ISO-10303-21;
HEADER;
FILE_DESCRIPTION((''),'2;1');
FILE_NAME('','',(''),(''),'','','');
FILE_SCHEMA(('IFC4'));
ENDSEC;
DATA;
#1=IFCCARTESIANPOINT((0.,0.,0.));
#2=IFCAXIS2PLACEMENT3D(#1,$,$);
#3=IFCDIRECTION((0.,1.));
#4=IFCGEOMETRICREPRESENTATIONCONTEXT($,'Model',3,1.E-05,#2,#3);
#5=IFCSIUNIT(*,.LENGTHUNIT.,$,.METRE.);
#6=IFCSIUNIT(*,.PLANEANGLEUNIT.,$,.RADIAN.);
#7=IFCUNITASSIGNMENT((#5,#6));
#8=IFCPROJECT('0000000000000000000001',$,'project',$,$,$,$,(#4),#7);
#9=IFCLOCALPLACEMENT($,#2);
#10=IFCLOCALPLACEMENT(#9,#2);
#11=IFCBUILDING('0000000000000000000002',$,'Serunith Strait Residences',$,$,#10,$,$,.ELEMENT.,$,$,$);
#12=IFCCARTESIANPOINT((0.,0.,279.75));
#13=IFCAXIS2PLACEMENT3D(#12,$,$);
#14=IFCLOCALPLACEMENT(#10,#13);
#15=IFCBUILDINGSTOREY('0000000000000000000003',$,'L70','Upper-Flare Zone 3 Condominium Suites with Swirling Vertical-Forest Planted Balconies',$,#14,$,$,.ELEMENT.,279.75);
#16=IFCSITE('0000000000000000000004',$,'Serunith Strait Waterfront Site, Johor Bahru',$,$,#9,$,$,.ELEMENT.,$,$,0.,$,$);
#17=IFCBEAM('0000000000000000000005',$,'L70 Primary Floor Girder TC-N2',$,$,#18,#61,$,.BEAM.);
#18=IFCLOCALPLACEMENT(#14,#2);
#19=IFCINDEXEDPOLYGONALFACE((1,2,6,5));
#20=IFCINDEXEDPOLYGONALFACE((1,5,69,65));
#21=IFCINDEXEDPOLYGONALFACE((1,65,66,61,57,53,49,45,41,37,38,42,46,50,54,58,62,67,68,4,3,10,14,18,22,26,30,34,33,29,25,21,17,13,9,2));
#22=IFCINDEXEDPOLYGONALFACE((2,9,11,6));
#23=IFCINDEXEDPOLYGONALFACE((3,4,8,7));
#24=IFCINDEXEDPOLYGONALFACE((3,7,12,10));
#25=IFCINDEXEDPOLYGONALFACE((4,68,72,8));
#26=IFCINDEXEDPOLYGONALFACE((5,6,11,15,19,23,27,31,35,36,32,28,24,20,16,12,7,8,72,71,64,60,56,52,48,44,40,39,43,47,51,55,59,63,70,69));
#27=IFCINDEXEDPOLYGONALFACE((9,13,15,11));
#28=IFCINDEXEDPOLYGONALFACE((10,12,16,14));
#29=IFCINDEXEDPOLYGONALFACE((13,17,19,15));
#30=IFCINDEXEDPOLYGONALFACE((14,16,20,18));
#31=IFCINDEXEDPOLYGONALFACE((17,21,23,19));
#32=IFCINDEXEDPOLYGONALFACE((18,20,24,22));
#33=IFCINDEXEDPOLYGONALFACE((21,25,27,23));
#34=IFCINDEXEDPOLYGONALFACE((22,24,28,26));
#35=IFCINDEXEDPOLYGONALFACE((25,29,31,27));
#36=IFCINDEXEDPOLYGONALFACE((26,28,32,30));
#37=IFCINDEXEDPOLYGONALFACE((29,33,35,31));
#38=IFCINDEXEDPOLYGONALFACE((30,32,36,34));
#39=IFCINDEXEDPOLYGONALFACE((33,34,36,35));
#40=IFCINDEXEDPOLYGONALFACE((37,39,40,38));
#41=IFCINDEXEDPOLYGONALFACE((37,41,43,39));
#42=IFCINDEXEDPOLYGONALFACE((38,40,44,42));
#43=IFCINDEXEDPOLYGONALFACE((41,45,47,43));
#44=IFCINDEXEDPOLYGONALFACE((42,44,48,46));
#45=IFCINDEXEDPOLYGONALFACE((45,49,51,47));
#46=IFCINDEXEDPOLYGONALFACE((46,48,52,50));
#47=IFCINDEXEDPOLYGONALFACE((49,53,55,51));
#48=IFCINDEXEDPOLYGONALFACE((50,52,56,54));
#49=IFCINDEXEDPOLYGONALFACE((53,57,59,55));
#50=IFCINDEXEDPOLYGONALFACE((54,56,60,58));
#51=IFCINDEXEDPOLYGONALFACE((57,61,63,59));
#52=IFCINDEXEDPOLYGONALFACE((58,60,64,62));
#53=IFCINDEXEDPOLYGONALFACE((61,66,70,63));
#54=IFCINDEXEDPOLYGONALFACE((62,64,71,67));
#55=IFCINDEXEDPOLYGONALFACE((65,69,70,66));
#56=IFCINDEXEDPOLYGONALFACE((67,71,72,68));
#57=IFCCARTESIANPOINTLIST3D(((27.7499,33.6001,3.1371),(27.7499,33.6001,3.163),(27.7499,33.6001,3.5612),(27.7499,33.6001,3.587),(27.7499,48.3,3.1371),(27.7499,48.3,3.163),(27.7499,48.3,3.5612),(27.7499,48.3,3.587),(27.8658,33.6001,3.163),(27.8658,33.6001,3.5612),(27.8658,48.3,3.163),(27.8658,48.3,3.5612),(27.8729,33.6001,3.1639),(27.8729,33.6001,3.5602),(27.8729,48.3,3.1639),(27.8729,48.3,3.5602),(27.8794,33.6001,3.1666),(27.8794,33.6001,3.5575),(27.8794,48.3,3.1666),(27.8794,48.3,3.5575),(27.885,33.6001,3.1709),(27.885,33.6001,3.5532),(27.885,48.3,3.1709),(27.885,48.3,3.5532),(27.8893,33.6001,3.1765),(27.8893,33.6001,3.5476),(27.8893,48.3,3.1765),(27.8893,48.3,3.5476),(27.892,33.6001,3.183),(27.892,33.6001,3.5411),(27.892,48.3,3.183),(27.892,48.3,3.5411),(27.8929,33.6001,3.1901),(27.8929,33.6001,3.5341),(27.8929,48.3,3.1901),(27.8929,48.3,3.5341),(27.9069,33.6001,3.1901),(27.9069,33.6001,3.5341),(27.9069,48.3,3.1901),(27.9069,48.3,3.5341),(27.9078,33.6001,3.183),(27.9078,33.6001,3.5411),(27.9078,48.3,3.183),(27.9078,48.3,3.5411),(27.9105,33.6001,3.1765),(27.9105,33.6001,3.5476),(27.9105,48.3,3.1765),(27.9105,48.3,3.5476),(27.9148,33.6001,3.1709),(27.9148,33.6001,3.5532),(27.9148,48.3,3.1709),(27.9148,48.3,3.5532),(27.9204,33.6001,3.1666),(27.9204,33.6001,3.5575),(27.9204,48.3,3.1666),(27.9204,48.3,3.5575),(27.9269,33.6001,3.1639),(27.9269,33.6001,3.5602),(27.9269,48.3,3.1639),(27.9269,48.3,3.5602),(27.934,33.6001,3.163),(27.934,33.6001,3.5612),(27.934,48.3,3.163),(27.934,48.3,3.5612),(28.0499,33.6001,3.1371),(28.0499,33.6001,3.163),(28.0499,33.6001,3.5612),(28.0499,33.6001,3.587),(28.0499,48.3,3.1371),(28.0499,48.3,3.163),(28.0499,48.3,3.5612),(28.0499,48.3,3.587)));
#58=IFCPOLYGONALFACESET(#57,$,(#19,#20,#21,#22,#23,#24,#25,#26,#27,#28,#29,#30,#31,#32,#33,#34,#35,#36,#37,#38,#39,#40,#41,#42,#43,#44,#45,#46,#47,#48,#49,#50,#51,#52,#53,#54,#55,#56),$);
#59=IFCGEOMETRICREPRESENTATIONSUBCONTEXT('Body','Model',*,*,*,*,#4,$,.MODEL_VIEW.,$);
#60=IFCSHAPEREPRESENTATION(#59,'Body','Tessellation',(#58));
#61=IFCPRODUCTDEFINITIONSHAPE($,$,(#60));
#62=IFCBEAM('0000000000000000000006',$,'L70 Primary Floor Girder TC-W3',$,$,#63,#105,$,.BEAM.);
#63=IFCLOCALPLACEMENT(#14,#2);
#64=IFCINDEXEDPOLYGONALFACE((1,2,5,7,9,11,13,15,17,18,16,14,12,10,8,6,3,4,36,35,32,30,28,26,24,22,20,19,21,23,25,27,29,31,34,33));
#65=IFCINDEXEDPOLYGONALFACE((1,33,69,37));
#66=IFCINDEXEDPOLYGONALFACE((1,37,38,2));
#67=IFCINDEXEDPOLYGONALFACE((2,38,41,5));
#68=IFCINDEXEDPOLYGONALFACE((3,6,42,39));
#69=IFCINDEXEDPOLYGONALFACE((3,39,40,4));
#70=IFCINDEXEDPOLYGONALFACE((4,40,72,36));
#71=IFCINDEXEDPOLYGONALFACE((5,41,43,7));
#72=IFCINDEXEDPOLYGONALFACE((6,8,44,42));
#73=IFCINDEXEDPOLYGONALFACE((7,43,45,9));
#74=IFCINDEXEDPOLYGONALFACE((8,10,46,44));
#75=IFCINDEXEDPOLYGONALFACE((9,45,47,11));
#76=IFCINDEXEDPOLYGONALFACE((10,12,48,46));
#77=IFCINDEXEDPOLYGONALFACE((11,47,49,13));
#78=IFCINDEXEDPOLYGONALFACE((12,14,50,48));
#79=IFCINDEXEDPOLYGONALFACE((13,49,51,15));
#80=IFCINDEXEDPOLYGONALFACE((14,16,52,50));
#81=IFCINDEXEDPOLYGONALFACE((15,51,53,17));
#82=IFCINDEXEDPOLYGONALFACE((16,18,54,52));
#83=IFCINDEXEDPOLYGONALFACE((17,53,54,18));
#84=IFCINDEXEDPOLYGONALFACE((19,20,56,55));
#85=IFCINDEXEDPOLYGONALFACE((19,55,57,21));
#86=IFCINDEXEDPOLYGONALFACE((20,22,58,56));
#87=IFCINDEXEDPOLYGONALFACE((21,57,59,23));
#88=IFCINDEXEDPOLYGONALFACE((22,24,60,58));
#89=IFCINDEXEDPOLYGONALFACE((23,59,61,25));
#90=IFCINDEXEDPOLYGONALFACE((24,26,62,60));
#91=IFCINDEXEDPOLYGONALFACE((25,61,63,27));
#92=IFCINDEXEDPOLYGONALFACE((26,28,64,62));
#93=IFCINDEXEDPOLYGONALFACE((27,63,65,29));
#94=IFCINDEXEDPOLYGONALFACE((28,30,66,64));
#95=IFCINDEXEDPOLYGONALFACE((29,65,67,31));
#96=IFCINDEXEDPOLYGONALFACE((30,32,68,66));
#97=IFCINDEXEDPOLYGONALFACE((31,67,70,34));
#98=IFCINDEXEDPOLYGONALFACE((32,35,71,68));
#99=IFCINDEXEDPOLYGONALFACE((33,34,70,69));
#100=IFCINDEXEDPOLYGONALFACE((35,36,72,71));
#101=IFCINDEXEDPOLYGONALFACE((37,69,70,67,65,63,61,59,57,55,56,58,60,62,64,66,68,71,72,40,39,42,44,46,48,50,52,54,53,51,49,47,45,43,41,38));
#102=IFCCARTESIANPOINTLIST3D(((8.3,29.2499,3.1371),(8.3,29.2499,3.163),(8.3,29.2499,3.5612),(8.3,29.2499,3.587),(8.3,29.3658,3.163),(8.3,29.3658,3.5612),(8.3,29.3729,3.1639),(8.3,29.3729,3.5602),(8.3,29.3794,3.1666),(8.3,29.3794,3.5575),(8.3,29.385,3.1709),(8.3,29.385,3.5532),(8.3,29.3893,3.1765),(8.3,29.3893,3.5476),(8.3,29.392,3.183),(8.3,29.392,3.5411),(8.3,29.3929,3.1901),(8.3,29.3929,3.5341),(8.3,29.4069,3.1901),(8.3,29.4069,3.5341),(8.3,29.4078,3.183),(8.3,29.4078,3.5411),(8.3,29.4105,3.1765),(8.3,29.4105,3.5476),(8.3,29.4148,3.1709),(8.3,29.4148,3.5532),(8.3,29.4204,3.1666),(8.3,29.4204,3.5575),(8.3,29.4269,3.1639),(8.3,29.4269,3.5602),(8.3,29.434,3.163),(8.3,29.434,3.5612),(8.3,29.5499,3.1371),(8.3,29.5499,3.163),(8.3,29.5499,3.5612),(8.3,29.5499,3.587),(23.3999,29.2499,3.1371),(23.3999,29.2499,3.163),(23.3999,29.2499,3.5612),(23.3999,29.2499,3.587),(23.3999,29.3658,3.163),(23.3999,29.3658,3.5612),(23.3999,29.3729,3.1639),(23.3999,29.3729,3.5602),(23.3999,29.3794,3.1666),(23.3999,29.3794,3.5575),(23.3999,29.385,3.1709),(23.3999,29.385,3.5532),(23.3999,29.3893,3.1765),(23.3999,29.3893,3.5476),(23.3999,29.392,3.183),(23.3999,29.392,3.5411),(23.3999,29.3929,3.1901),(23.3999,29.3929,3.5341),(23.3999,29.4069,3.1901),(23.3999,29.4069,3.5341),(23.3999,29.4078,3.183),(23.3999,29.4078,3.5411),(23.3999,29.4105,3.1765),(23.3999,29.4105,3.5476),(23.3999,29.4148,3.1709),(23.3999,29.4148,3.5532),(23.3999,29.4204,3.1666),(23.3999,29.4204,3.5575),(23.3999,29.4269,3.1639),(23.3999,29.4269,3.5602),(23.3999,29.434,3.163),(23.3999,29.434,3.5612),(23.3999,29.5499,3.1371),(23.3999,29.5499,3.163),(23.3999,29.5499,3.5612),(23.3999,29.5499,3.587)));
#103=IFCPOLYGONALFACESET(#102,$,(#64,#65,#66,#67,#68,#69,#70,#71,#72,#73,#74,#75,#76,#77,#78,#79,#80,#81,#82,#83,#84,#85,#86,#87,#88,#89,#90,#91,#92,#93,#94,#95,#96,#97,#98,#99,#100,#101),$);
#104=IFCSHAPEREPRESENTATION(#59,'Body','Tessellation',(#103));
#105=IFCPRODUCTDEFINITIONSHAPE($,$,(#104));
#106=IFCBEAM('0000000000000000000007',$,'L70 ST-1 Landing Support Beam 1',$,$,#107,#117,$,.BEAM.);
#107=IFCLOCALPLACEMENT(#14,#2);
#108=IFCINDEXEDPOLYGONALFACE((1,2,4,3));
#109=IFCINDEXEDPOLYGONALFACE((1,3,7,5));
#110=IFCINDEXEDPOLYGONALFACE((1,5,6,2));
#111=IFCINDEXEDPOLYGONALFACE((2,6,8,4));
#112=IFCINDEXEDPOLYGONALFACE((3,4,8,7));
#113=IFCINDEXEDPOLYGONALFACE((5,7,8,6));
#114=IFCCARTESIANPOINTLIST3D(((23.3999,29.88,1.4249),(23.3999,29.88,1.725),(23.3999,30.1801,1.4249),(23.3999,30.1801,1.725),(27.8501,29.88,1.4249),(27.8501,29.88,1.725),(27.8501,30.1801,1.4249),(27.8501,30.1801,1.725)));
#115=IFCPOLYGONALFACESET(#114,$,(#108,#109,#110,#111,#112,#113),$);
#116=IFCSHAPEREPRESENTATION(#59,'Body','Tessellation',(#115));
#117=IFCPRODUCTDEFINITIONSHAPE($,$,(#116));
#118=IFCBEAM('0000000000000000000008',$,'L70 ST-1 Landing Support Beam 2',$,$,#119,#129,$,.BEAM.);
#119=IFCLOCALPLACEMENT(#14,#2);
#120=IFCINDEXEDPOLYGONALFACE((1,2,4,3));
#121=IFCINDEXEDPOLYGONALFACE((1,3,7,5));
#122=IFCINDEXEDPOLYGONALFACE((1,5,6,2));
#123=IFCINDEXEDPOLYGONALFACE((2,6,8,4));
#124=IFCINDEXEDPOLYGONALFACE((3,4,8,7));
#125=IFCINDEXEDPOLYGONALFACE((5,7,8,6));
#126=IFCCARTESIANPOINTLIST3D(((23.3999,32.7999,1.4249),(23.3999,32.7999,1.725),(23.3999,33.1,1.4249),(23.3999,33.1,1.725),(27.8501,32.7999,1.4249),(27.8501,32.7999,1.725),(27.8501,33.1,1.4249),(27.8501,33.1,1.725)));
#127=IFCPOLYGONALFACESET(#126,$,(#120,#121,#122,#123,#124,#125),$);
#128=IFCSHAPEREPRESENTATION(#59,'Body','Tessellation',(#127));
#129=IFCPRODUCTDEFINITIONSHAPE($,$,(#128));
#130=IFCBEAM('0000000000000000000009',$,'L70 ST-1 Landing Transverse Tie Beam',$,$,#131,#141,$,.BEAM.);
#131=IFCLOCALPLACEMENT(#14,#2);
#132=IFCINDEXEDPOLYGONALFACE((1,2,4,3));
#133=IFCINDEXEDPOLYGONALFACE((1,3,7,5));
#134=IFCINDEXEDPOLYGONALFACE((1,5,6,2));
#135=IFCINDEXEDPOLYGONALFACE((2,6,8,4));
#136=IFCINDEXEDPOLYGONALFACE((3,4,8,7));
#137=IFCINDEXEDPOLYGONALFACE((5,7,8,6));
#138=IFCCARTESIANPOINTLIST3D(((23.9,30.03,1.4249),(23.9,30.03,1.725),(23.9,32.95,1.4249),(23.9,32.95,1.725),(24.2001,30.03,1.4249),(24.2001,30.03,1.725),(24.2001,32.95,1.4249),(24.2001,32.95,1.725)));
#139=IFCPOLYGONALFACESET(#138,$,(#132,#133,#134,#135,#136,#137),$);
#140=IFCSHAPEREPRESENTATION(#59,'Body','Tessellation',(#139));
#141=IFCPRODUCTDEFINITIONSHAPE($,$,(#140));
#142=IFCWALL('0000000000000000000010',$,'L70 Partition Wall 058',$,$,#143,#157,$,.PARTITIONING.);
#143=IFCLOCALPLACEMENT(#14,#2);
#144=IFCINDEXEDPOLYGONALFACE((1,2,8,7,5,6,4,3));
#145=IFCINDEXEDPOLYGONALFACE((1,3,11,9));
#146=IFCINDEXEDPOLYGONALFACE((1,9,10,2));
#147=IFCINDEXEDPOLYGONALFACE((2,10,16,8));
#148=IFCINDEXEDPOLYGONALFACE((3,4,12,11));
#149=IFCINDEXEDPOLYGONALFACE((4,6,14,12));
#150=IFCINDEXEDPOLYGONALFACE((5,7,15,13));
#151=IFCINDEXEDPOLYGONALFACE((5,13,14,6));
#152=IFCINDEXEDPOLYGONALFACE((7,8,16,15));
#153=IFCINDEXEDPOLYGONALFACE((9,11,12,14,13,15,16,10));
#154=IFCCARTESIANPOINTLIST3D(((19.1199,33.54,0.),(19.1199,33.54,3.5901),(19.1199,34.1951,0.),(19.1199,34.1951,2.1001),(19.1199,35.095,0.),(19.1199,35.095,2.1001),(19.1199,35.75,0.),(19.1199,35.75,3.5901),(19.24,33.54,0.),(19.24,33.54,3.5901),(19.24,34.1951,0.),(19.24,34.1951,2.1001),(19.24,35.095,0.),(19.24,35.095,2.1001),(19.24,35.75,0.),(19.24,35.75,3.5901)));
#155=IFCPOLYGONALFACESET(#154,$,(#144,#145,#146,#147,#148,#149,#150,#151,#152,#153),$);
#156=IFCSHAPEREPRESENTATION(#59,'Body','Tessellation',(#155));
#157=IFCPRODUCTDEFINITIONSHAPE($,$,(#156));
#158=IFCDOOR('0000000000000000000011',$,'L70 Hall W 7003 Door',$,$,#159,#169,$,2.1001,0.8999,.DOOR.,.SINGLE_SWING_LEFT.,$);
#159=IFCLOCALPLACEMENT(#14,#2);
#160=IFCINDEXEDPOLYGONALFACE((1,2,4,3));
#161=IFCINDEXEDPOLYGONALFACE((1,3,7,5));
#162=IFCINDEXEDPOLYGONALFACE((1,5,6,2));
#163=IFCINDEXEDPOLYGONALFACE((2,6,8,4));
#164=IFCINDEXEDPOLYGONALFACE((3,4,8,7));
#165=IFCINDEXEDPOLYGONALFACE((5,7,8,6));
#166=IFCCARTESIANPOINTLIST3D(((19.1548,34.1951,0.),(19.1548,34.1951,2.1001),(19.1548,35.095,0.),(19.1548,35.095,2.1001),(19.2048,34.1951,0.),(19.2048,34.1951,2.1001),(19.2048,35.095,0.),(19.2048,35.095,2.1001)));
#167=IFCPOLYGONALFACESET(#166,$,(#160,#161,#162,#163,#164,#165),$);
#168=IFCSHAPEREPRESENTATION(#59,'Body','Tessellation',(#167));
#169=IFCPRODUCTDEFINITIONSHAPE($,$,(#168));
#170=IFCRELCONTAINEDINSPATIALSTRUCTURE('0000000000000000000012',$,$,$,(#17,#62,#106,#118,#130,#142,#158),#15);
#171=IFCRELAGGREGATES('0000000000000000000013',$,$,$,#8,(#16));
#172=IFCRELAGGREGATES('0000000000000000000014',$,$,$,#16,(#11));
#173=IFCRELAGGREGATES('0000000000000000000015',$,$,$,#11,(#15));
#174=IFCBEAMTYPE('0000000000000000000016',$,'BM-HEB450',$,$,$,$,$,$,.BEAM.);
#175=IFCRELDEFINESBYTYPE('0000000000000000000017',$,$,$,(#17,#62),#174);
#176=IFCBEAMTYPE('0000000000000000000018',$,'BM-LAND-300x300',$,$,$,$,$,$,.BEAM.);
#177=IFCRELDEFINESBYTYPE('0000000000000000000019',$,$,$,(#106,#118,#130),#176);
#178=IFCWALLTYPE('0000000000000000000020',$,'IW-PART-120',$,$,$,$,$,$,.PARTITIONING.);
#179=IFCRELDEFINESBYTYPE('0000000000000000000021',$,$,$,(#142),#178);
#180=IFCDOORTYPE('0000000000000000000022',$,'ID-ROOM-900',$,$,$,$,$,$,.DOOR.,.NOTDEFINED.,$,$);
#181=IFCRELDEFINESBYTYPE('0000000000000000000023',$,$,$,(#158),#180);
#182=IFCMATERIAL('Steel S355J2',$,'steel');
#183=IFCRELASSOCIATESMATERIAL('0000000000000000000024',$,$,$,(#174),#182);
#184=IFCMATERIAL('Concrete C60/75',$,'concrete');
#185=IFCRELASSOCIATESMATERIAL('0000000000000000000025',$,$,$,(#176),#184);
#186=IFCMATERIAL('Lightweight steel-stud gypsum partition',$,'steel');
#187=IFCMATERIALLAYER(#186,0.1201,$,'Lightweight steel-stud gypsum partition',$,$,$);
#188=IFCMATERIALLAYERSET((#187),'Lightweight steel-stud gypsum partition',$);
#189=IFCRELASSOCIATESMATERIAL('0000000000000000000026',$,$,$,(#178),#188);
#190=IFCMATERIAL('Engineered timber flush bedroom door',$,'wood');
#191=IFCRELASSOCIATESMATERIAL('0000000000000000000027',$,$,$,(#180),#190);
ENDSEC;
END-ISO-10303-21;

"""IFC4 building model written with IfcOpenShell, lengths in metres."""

from ifc_helpers import new_model, si_unit, direction, frame, frame_2d, origin, origin_2d, place, context, subcontext, project, spatial, rectangle, i_section, extrude, source, transform, mapped, material, layer, layer_set, material_profile, profile_set, type_object, element, fill, save


model = new_model("IFC4")

# Units and contexts
model_context = context("Model", 3, precision=1e-05, world=origin(), true_north=direction((0.0, 1.0)))
body_context = subcontext(model_context, "Body", "Model", "MODEL_VIEW")
ifc_project = project(units=[si_unit("LENGTHUNIT", "METRE"), si_unit("PLANEANGLEUNIT", "RADIAN")], contexts=[model_context])

# Site, building, storey
site_placement = place(None, origin())
site = spatial("IfcSite", under=ifc_project, at=site_placement, Name="Serunith Strait Waterfront Site, Johor Bahru", CompositionType="ELEMENT", RefElevation=0.0)
building_placement = place(site_placement, origin())
building = spatial("IfcBuilding", under=site, at=building_placement, Name="Serunith Strait Residences", CompositionType="ELEMENT")
storey_placement = place(building_placement, frame((0.0, 0.0, 279.75)))
storey = spatial("IfcBuildingStorey", under=building, at=storey_placement, Name="L70", Description="Upper-Flare Zone 3 Condominium Suites with Swirling Vertical-Forest Planted Balconies", CompositionType="ELEMENT", Elevation=279.75)

# Beams
ifc_material_1 = material(Name="Steel S355J2", Category="steel")
ifc_material_profile_1 = material_profile(ifc_material_1, i_section(OverallWidth=0.3, OverallDepth=0.45, WebThickness=0.0139, FlangeThickness=0.0259, FilletRadius=0.0271, at=origin_2d()), Name="HEB 450")
ifc_profile_set_1 = profile_set([ifc_material_profile_1], Name="Steel S355J2")
beam_type_1 = type_object("IfcBeamType", Name="BM-HEB450", PredefinedType="BEAM", material=ifc_profile_set_1)
shared_shape_1 = source(origin(), body_context, "Body", "SweptSolid", [
    extrude(i_section(OverallWidth=0.3, OverallDepth=0.45, WebThickness=0.0139, FlangeThickness=0.0259, FilletRadius=0.0271, at=origin_2d()), origin(), (0.0, 0.0, 1.0), 14.7),
])
beam_1_placement = place(storey_placement, frame((27.8999, 33.6001, 3.3621), z_axis=(0.0, 1.0, 0.0), x_axis=(-1.0, 0.0, 0.0)))
element("IfcBeam", 1, at=beam_1_placement, inside=storey, type_object=beam_type_1, Name="L70 Primary Floor Girder TC-N2", PredefinedType="BEAM", context=body_context, shape_type="MappedRepresentation", body=[
    mapped(shared_shape_1, transform((0.0, 0.0, 0.0), scale=1.0)),
])
shared_shape_2 = source(origin(), body_context, "Body", "SweptSolid", [
    extrude(i_section(OverallWidth=0.3, OverallDepth=0.45, WebThickness=0.0139, FlangeThickness=0.0259, FilletRadius=0.0271, at=origin_2d()), origin(), (0.0, 0.0, 1.0), 15.0999),
])
beam_2_placement = place(storey_placement, frame((23.3999, 29.3999, 3.3621), z_axis=(-1.0, 0.0, 0.0), x_axis=(0.0, -1.0, 0.0)))
element("IfcBeam", 2, at=beam_2_placement, inside=storey, type_object=beam_type_1, Name="L70 Primary Floor Girder TC-W3", PredefinedType="BEAM", context=body_context, shape_type="MappedRepresentation", body=[
    mapped(shared_shape_2, transform((0.0, 0.0, 0.0), scale=1.0)),
])
ifc_material_2 = material(Name="Concrete C60/75", Category="concrete")
ifc_material_profile_2 = material_profile(ifc_material_2, rectangle(XDim=0.3, YDim=0.3, at=origin_2d()), Name="RC 300x300")
ifc_profile_set_2 = profile_set([ifc_material_profile_2], Name="Concrete C60/75")
beam_type_2 = type_object("IfcBeamType", Name="BM-LAND-300x300", PredefinedType="BEAM", material=ifc_profile_set_2)
shared_shape_3 = source(origin(), body_context, "Body", "SweptSolid", [
    extrude(rectangle(XDim=0.3, YDim=0.3, at=origin_2d()), origin(), (0.0, 0.0, 1.0), 4.4502),
])
for number, where, z_axis, x_axis, name in (
    (3, (23.3999, 30.03, 1.575), (1.0, 0.0, 0.0), (0.0, 1.0, 0.0), "L70 ST-1 Landing Support Beam 1"),
    (4, (23.3999, 32.95, 1.575), (1.0, 0.0, 0.0), (0.0, 1.0, 0.0), "L70 ST-1 Landing Support Beam 2"),
):
    element("IfcBeam", number, at=place(storey_placement, frame(where, z_axis=z_axis, x_axis=x_axis)), inside=storey, type_object=beam_type_2, Name=name, PredefinedType="BEAM", context=body_context, shape_type="MappedRepresentation", body=[
        mapped(shared_shape_3, transform((0.0, 0.0, 0.0), scale=1.0)),
    ])
shared_shape_4 = source(origin(), body_context, "Body", "SweptSolid", [
    extrude(rectangle(XDim=0.3, YDim=0.3, at=origin_2d()), origin(), (0.0, 0.0, 1.0), 2.9199),
])
beam_3_placement = place(storey_placement, frame((24.05, 30.03, 1.575), z_axis=(0.0, 1.0, 0.0), x_axis=(-1.0, 0.0, 0.0)))
element("IfcBeam", 5, at=beam_3_placement, inside=storey, type_object=beam_type_2, Name="L70 ST-1 Landing Transverse Tie Beam", PredefinedType="BEAM", context=body_context, shape_type="MappedRepresentation", body=[
    mapped(shared_shape_4, transform((0.0, 0.0, 0.0), scale=1.0)),
])

# Wall, opening, door
ifc_material_3 = material(Name="Lightweight steel-stud gypsum partition", Category="steel")
ifc_layer_1 = layer(ifc_material_3, 0.1201, Name="Lightweight steel-stud gypsum partition")
ifc_layer_set_1 = layer_set([ifc_layer_1], Name="Lightweight steel-stud gypsum partition")
wall_type_1 = type_object("IfcWallType", Name="IW-PART-120", PredefinedType="PARTITIONING", material=ifc_layer_set_1)
wall_1_placement = place(storey_placement, frame((19.1799, 35.75, 0.0), z_axis=(0.0, 0.0, 1.0), x_axis=(0.0, -1.0, 0.0)))
wall_1 = element("IfcWall", 6, at=wall_1_placement, inside=storey, type_object=wall_type_1, Name="L70 Partition Wall 058", PredefinedType="PARTITIONING", context=body_context, shape_type="SweptSolid", body=[
    extrude(rectangle(XDim=2.21, YDim=0.1201, at=frame_2d((1.105, 0.0))), origin(), (0.0, 0.0, 1.0), 3.5901),
])
opening_1_placement = place(wall_1_placement, frame((0.655, 0.0, 0.0)))
opening_1 = element("IfcOpeningElement", 7, at=opening_1_placement, cuts=wall_1, PredefinedType="OPENING", context=body_context, shape_type="SweptSolid", body=[
    extrude(rectangle(XDim=0.8999, YDim=2.1001, at=frame_2d((0.45, 1.05))), frame((0.0, 0.0701, 0.0), z_axis=(0.0, -1.0, 0.0), x_axis=(1.0, 0.0, 0.0)), (0.0, 0.0, 1.0), 0.1401),
])
ifc_material_4 = material(Name="Engineered timber flush bedroom door", Category="wood")
door_type_1 = type_object("IfcDoorType", Name="ID-ROOM-900", OperationType="NOTDEFINED", PredefinedType="DOOR", material=ifc_material_4)
shared_shape_5 = source(origin(), body_context, "Body", "SweptSolid", [
    extrude(rectangle(XDim=0.8999, YDim=2.1001, at=frame_2d((0.45, 1.05))), frame((0.0, 0.0249, 0.0), z_axis=(0.0, -1.0, 0.0), x_axis=(1.0, 0.0, 0.0)), (0.0, 0.0, 1.0), 0.05),
])
door_1_placement = place(opening_1_placement, origin())
door_1 = element("IfcDoor", 8, at=door_1_placement, inside=storey, type_object=door_type_1, Name="L70 Hall W 7003 Door", OperationType="SINGLE_SWING_LEFT", OverallHeight=2.1001, OverallWidth=0.8999, PredefinedType="DOOR", context=body_context, shape_type="MappedRepresentation", body=[
    mapped(shared_shape_5, transform((0.0, 0.0, 0.0), scale=1.0)),
])
fill(opening_1, door_1)

save(model, "model.ifc")
